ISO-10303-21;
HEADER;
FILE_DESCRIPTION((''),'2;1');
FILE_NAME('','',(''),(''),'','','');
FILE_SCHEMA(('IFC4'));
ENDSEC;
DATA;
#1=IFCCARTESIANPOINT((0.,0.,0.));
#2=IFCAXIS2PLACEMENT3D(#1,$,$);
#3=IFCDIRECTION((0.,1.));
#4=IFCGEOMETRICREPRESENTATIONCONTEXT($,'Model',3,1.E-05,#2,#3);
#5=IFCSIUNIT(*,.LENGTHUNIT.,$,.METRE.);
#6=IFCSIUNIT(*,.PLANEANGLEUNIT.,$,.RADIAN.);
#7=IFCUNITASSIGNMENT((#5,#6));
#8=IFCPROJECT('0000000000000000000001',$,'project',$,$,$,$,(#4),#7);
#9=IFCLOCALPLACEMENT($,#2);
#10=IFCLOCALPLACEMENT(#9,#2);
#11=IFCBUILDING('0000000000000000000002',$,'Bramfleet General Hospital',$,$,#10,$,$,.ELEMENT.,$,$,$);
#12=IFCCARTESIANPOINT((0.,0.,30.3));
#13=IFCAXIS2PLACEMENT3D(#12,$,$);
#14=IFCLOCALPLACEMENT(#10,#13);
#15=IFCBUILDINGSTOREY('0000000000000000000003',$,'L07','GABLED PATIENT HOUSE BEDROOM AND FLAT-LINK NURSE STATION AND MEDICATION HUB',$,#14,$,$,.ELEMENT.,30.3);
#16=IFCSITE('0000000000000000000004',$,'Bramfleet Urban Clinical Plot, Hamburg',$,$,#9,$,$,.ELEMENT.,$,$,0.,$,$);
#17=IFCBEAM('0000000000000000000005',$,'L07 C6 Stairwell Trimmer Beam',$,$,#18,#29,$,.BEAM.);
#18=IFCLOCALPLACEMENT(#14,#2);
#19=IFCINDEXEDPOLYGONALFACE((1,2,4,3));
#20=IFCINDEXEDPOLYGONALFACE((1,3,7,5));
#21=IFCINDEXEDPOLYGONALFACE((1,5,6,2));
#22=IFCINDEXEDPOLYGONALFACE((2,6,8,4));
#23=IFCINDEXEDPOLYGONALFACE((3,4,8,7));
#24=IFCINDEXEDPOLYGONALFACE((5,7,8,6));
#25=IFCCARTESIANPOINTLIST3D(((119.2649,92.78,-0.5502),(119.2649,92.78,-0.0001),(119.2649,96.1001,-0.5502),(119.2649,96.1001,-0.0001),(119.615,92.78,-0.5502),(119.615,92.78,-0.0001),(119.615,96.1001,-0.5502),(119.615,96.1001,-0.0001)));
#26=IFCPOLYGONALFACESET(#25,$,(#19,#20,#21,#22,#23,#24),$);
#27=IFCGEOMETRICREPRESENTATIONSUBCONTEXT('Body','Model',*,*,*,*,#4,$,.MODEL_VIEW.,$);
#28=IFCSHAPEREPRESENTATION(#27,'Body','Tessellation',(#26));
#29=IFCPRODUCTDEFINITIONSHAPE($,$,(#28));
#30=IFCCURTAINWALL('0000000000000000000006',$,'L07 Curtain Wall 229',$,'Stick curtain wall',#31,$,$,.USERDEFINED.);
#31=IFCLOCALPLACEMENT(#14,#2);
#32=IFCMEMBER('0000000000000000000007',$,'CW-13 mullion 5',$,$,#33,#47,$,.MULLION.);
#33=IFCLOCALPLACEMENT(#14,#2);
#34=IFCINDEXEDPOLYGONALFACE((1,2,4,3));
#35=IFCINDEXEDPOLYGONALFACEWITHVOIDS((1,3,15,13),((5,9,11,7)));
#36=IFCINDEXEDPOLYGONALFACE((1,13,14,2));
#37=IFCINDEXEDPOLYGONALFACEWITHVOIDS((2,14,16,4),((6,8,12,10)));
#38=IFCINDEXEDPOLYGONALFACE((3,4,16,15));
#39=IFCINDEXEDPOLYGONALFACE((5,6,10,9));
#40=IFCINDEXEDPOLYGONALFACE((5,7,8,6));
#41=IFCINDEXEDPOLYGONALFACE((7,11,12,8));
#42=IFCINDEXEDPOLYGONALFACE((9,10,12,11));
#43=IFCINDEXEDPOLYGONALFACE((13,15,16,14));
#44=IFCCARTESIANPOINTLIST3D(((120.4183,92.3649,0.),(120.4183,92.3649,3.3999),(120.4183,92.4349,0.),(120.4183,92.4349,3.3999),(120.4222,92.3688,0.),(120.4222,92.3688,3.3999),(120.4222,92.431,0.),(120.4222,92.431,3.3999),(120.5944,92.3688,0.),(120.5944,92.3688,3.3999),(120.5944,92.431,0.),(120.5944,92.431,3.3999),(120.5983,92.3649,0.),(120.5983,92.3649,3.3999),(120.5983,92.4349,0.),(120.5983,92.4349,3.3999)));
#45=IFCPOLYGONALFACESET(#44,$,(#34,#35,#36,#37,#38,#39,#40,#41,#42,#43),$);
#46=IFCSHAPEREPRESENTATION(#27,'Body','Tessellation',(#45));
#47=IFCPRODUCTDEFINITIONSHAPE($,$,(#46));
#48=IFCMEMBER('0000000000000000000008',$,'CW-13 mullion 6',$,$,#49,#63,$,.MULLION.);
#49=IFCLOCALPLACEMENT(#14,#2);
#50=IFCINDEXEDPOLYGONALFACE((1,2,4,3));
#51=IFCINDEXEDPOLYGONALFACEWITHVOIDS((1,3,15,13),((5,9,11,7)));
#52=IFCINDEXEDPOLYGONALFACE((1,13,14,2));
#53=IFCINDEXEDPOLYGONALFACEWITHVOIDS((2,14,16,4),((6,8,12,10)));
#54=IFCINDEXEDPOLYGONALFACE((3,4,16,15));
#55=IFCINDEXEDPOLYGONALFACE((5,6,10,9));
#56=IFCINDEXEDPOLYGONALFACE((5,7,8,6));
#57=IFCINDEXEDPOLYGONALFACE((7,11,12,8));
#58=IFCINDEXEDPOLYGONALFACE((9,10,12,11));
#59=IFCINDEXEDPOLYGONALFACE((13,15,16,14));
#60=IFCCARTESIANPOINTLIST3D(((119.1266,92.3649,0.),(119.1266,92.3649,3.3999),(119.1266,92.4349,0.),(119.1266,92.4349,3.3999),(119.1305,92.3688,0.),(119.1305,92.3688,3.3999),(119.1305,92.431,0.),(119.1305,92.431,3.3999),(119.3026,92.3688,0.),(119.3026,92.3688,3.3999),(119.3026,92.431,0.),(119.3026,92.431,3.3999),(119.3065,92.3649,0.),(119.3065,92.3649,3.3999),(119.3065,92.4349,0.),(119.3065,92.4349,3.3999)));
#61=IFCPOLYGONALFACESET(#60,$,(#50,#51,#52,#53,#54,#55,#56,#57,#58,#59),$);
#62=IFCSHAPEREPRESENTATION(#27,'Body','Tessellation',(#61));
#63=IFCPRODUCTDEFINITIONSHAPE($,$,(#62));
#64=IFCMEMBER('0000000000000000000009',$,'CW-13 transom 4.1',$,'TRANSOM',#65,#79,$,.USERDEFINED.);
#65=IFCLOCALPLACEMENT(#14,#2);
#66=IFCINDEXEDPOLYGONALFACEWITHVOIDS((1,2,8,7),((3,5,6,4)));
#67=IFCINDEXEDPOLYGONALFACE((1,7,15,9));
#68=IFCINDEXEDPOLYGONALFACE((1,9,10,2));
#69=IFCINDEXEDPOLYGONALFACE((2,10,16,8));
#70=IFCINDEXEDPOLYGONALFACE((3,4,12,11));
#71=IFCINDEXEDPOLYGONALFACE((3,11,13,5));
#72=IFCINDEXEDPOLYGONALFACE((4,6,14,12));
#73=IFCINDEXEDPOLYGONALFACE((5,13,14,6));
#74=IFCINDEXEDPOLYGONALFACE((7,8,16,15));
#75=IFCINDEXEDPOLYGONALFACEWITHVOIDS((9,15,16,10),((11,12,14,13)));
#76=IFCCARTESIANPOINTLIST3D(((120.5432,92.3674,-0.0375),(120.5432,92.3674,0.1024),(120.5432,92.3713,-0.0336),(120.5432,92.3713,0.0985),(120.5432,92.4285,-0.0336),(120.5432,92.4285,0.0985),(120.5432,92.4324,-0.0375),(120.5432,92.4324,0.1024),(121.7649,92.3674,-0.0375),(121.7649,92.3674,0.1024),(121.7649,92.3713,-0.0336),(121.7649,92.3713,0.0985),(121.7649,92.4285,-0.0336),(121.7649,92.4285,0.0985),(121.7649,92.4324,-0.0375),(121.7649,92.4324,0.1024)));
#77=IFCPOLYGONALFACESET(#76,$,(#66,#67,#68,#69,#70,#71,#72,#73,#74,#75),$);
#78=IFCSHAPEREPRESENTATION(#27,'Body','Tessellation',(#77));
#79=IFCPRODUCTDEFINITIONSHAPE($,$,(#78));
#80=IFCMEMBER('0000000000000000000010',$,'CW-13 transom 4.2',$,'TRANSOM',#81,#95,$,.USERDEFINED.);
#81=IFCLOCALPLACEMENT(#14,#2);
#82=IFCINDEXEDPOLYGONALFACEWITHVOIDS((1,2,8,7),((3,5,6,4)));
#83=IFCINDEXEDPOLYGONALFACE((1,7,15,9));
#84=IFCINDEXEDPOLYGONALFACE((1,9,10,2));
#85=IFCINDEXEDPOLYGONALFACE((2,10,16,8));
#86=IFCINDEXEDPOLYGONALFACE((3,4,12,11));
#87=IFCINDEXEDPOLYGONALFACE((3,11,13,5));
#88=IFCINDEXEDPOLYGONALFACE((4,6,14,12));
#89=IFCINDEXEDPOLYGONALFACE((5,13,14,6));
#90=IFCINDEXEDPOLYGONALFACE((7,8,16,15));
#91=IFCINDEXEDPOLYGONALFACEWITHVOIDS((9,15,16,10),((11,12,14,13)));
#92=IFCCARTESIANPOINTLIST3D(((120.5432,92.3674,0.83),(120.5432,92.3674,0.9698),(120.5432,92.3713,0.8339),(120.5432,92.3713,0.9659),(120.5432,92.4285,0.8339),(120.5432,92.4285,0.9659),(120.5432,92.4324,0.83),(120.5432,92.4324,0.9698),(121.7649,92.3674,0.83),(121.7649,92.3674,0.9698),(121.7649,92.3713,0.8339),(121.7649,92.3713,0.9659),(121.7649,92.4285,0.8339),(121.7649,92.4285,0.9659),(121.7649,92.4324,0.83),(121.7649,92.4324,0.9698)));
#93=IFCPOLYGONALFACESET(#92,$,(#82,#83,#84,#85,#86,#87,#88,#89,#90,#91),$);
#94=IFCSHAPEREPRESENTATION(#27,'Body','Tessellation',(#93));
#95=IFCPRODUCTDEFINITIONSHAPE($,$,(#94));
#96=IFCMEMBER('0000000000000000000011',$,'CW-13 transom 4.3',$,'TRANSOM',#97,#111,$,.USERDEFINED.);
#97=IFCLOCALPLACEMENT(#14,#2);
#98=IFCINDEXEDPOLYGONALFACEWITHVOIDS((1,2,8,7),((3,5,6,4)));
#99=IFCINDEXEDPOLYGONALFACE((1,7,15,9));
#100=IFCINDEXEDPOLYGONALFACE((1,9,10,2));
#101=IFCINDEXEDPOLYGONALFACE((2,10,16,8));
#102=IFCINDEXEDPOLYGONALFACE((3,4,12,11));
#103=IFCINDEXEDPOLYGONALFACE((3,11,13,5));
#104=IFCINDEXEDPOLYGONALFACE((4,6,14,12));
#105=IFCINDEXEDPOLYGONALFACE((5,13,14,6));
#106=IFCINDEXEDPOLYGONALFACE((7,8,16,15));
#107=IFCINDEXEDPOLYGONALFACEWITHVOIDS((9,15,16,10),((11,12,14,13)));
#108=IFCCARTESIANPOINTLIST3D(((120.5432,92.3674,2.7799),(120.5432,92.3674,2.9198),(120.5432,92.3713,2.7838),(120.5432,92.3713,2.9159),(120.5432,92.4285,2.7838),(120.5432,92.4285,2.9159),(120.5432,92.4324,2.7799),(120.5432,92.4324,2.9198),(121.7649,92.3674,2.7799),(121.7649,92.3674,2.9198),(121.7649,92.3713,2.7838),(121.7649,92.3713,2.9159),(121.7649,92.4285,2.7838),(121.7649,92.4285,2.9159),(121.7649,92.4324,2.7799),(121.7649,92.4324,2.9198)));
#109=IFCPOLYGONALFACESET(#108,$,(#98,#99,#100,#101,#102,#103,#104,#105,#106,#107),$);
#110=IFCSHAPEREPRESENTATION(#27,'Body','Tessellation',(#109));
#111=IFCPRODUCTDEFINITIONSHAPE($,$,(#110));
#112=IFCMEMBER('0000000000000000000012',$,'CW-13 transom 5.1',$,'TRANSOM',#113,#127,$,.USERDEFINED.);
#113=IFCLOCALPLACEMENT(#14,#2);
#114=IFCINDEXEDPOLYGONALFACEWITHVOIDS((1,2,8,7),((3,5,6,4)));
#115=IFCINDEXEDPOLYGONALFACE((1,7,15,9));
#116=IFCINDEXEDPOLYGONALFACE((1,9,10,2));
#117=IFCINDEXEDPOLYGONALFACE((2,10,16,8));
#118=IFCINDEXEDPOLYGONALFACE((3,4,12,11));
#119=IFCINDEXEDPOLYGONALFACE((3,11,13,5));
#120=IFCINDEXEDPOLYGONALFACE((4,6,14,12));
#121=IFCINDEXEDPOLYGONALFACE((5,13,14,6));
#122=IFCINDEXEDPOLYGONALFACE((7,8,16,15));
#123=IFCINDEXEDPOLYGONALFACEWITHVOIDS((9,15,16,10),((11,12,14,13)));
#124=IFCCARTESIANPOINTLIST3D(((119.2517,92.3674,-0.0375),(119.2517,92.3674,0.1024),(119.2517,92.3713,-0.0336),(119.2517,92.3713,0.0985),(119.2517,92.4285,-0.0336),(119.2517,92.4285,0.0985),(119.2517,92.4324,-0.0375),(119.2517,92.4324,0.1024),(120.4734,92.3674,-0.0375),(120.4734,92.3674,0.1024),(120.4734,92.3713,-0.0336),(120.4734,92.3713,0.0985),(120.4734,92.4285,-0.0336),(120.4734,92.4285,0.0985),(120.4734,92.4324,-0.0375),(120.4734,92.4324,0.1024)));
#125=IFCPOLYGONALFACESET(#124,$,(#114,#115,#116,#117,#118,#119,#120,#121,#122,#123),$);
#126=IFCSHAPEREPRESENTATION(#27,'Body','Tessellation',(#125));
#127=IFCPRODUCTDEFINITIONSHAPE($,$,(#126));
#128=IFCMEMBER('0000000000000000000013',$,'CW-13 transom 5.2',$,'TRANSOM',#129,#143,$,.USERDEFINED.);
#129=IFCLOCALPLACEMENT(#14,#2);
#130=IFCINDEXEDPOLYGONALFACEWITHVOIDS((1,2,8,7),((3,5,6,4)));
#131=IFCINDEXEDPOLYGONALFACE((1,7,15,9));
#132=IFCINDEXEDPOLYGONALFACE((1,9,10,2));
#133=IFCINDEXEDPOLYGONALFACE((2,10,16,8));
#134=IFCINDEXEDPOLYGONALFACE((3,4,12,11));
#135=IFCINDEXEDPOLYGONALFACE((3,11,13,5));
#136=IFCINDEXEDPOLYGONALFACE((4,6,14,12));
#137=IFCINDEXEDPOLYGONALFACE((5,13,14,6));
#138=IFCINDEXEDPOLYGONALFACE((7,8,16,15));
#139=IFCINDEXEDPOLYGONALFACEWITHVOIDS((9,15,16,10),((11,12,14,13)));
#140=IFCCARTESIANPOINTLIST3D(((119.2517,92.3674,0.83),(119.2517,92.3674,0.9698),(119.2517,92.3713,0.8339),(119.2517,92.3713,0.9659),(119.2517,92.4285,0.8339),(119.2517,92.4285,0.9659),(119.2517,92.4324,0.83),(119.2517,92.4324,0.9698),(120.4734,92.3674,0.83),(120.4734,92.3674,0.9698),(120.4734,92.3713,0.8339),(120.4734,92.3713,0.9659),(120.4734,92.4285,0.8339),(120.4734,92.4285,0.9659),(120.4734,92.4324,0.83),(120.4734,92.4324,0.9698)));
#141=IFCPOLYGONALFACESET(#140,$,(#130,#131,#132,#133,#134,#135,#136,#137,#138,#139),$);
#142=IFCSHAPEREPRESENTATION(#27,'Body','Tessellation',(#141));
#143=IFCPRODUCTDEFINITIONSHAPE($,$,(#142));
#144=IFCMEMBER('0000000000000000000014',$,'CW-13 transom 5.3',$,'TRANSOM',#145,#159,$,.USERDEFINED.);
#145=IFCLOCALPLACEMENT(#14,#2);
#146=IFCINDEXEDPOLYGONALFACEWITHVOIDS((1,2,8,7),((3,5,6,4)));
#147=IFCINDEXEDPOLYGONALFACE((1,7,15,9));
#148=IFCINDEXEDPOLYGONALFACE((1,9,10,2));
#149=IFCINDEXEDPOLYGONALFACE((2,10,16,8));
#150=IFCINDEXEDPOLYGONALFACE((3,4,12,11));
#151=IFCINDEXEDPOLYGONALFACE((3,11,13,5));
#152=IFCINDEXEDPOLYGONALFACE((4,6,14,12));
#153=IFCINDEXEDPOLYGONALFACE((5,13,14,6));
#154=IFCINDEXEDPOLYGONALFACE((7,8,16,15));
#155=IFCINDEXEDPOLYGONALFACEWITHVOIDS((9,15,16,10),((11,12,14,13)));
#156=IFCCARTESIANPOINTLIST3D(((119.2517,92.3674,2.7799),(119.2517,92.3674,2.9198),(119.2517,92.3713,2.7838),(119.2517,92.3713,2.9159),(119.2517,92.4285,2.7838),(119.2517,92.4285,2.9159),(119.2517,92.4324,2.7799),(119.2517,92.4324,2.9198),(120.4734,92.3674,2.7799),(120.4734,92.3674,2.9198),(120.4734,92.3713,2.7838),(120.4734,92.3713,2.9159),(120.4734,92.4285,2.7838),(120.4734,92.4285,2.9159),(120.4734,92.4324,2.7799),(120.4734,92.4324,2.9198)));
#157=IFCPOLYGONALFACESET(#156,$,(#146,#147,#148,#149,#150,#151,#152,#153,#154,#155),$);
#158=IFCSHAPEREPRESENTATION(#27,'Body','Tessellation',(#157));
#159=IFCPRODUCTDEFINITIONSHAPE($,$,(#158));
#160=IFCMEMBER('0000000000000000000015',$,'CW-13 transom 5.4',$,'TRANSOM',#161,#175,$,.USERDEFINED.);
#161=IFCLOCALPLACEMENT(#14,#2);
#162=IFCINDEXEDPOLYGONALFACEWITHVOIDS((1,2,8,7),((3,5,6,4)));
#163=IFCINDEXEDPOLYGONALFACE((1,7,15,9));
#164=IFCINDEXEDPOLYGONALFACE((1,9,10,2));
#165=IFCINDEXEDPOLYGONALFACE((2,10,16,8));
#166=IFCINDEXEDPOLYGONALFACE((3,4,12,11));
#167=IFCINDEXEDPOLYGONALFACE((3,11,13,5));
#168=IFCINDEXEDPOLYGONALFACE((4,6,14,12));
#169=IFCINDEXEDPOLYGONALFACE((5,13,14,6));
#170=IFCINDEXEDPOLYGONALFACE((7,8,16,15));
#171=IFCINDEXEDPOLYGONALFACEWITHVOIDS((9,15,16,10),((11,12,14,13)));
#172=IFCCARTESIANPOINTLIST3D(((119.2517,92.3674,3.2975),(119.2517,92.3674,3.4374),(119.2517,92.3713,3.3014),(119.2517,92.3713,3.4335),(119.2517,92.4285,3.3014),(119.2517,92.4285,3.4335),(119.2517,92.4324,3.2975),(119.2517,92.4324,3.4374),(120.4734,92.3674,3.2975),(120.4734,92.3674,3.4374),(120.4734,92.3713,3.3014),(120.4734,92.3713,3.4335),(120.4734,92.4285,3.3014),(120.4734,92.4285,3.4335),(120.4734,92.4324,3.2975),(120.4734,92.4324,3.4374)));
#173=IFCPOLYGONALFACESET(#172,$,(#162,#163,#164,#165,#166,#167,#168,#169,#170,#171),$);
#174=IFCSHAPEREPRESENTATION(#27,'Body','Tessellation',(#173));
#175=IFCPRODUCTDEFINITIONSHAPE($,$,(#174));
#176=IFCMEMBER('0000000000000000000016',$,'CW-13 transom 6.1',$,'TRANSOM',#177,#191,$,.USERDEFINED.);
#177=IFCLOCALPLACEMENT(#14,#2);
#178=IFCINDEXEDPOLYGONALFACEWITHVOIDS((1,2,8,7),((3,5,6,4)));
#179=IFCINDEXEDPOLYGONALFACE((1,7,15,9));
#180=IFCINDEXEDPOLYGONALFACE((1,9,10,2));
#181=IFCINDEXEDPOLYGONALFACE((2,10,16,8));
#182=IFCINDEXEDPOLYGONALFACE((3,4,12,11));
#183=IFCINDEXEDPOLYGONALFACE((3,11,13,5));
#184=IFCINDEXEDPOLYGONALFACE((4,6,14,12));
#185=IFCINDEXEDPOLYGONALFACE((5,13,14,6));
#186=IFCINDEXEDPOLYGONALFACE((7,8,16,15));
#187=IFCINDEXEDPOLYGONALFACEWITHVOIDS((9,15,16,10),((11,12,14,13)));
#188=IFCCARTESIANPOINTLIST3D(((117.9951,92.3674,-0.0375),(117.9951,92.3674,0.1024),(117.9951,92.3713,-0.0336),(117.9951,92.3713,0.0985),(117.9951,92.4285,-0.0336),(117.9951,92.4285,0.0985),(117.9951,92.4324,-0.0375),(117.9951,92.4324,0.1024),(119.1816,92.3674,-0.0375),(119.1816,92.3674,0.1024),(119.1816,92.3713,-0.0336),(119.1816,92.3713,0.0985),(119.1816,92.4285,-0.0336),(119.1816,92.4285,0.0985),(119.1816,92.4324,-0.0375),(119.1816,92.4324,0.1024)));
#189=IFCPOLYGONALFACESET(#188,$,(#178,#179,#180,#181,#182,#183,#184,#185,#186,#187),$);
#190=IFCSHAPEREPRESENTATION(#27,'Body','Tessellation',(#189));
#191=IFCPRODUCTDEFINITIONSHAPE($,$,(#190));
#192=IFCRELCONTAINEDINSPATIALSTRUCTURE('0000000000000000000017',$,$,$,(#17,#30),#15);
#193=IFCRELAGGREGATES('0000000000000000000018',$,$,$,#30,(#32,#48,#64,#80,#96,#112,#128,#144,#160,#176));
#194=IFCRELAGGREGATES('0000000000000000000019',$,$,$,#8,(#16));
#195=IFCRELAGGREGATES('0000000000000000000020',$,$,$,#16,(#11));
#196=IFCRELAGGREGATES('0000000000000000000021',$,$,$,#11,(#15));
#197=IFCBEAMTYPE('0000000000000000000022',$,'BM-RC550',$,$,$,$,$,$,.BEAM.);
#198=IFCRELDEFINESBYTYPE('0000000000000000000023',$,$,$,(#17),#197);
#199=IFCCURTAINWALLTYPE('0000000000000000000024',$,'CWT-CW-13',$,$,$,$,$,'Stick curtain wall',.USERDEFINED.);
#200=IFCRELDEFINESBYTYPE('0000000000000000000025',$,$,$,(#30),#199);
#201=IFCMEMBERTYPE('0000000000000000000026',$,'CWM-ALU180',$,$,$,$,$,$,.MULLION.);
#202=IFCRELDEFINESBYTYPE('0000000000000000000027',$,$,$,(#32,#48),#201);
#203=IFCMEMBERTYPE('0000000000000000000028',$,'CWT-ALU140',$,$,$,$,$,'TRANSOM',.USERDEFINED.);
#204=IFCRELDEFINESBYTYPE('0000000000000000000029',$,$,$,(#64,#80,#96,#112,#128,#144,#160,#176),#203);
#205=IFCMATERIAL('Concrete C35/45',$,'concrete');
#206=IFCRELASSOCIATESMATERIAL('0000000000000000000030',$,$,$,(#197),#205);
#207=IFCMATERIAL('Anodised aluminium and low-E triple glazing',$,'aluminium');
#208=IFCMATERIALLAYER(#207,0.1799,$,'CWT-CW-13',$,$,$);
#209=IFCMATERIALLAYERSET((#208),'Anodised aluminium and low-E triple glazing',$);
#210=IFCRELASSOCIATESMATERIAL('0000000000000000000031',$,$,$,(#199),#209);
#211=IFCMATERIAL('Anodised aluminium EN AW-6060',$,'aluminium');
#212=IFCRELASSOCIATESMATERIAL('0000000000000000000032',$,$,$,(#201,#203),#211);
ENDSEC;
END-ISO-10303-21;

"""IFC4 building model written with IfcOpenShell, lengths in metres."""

from ifc_helpers import new_model, si_unit, direction, frame, origin, origin_2d, place, context, subcontext, project, spatial, rectangle, hollow_rectangle, extrude, material, layer, layer_set, material_profile, profile_set, type_object, element, aggregate, save


model = new_model("IFC4")

# Units and contexts
model_context = context("Model", 3, precision=1e-05, world=origin(), true_north=direction((0.0, 1.0)))
body_context = subcontext(model_context, "Body", "Model", "MODEL_VIEW")
ifc_project = project(units=[si_unit("LENGTHUNIT", "METRE"), si_unit("PLANEANGLEUNIT", "RADIAN")], contexts=[model_context])

# Site, building, storey
site_placement = place(None, origin())
site = spatial("IfcSite", under=ifc_project, at=site_placement, Name="Bramfleet Urban Clinical Plot, Hamburg", CompositionType="ELEMENT", RefElevation=0.0)
building_placement = place(site_placement, origin())
building = spatial("IfcBuilding", under=site, at=building_placement, Name="Bramfleet General Hospital", CompositionType="ELEMENT")
storey_placement = place(building_placement, frame((0.0, 0.0, 30.3)))
storey = spatial("IfcBuildingStorey", under=building, at=storey_placement, Name="L07", Description="GABLED PATIENT HOUSE BEDROOM AND FLAT-LINK NURSE STATION AND MEDICATION HUB", CompositionType="ELEMENT", Elevation=30.3)

# Beam
ifc_material_1 = material(Name="Concrete C35/45", Category="concrete")
ifc_material_profile_1 = material_profile(ifc_material_1, rectangle(XDim=0.3501, YDim=0.55, at=origin_2d()), Name="RC BM 550x350")
ifc_profile_set_1 = profile_set([ifc_material_profile_1], Name="Concrete C35/45")
beam_type = type_object("IfcBeamType", Name="BM-RC550", PredefinedType="BEAM", material=ifc_profile_set_1)
beam_placement = place(storey_placement, frame((119.4399, 92.78, -0.2751), z_axis=(0.0, 1.0, 0.0), x_axis=(-1.0, 0.0, 0.0)))
element("IfcBeam", 1, at=beam_placement, inside=storey, type_object=beam_type, Name="L07 C6 Stairwell Trimmer Beam", PredefinedType="BEAM", context=body_context, shape_type="SweptSolid", body=[
    extrude(rectangle(XDim=0.3501, YDim=0.55, at=origin_2d()), origin(), (0.0, 0.0, 1.0), 3.3201),
])

# Curtain wall, members
ifc_material_2 = material(Name="Anodised aluminium and low-E triple glazing", Category="aluminium")
ifc_layer_1 = layer(ifc_material_2, 0.1799, Name="CWT-CW-13")
ifc_layer_set_1 = layer_set([ifc_layer_1], Name="Anodised aluminium and low-E triple glazing")
curtain_wall_type = type_object("IfcCurtainWallType", Name="CWT-CW-13", ElementType="Stick curtain wall", PredefinedType="USERDEFINED", material=ifc_layer_set_1)
curtain_wall_placement = place(storey_placement, origin())
curtain_wall = element("IfcCurtainWall", 2, at=curtain_wall_placement, inside=storey, type_object=curtain_wall_type, Name="L07 Curtain Wall 229", ObjectType="Stick curtain wall", PredefinedType="USERDEFINED")
ifc_material_3 = material(Name="Anodised aluminium EN AW-6060", Category="aluminium")
ifc_material_profile_2 = material_profile(ifc_material_3, hollow_rectangle(XDim=0.0701, YDim=0.1799, WallThickness=0.0039, at=origin_2d()), Name="ALU 180x70x4.0")
ifc_profile_set_2 = profile_set([ifc_material_profile_2], Name="Anodised aluminium EN AW-6060")
member_type_1 = type_object("IfcMemberType", Name="CWM-ALU180", PredefinedType="MULLION", material=ifc_profile_set_2)
member_1_placement = place(storey_placement, frame((120.5083, 92.3999, 0.0), z_axis=(0.0, 0.0, 1.0), x_axis=(0.0, -1.0, 0.0)))
member_1 = element("IfcMember", 3, at=member_1_placement, type_object=member_type_1, Name="CW-13 mullion 5", PredefinedType="MULLION", context=body_context, shape_type="SweptSolid", body=[
    extrude(hollow_rectangle(XDim=0.0701, YDim=0.1799, WallThickness=0.0039, at=origin_2d()), origin(), (0.0, 0.0, 1.0), 3.3999),
])
member_2_placement = place(storey_placement, frame((119.2166, 92.3999, 0.0), z_axis=(0.0, 0.0, 1.0), x_axis=(0.0, -1.0, 0.0)))
member_2 = element("IfcMember", 4, at=member_2_placement, type_object=member_type_1, Name="CW-13 mullion 6", PredefinedType="MULLION", context=body_context, shape_type="SweptSolid", body=[
    extrude(hollow_rectangle(XDim=0.0701, YDim=0.1799, WallThickness=0.0039, at=origin_2d()), origin(), (0.0, 0.0, 1.0), 3.3999),
])
ifc_material_profile_3 = material_profile(ifc_material_3, hollow_rectangle(XDim=0.0649, YDim=0.1399, WallThickness=0.0039, at=origin_2d()), Name="ALU 140x65x4.0")
ifc_profile_set_3 = profile_set([ifc_material_profile_3], Name="Anodised aluminium EN AW-6060")
member_type_2 = type_object("IfcMemberType", Name="CWT-ALU140", ElementType="TRANSOM", PredefinedType="USERDEFINED", material=ifc_profile_set_3)
member_3_placement = place(storey_placement, frame((121.7649, 92.3999, 0.0325), z_axis=(-1.0, 0.0, 0.0), x_axis=(0.0, -1.0, 0.0)))
member_3 = element("IfcMember", 5, at=member_3_placement, type_object=member_type_2, Name="CW-13 transom 4.1", ObjectType="TRANSOM", PredefinedType="USERDEFINED", context=body_context, shape_type="SweptSolid", body=[
    extrude(hollow_rectangle(XDim=0.0649, YDim=0.1399, WallThickness=0.0039, at=origin_2d()), origin(), (0.0, 0.0, 1.0), 1.2217),
])
member_4_placement = place(storey_placement, frame((121.7649, 92.3999, 0.8999), z_axis=(-1.0, 0.0, 0.0), x_axis=(0.0, -1.0, 0.0)))
member_4 = element("IfcMember", 6, at=member_4_placement, type_object=member_type_2, Name="CW-13 transom 4.2", ObjectType="TRANSOM", PredefinedType="USERDEFINED", context=body_context, shape_type="SweptSolid", body=[
    extrude(hollow_rectangle(XDim=0.0649, YDim=0.1399, WallThickness=0.0039, at=origin_2d()), origin(), (0.0, 0.0, 1.0), 1.2217),
])
member_5_placement = place(storey_placement, frame((121.7649, 92.3999, 2.8499), z_axis=(-1.0, 0.0, 0.0), x_axis=(0.0, -1.0, 0.0)))
member_5 = element("IfcMember", 7, at=member_5_placement, type_object=member_type_2, Name="CW-13 transom 4.3", ObjectType="TRANSOM", PredefinedType="USERDEFINED", context=body_context, shape_type="SweptSolid", body=[
    extrude(hollow_rectangle(XDim=0.0649, YDim=0.1399, WallThickness=0.0039, at=origin_2d()), origin(), (0.0, 0.0, 1.0), 1.2217),
])
member_6_placement = place(storey_placement, frame((120.4734, 92.3999, 0.0325), z_axis=(-1.0, 0.0, 0.0), x_axis=(0.0, -1.0, 0.0)))
member_6 = element("IfcMember", 8, at=member_6_placement, type_object=member_type_2, Name="CW-13 transom 5.1", ObjectType="TRANSOM", PredefinedType="USERDEFINED", context=body_context, shape_type="SweptSolid", body=[
    extrude(hollow_rectangle(XDim=0.0649, YDim=0.1399, WallThickness=0.0039, at=origin_2d()), origin(), (0.0, 0.0, 1.0), 1.2217),
])
member_7_placement = place(storey_placement, frame((120.4734, 92.3999, 0.8999), z_axis=(-1.0, 0.0, 0.0), x_axis=(0.0, -1.0, 0.0)))
member_7 = element("IfcMember", 9, at=member_7_placement, type_object=member_type_2, Name="CW-13 transom 5.2", ObjectType="TRANSOM", PredefinedType="USERDEFINED", context=body_context, shape_type="SweptSolid", body=[
    extrude(hollow_rectangle(XDim=0.0649, YDim=0.1399, WallThickness=0.0039, at=origin_2d()), origin(), (0.0, 0.0, 1.0), 1.2217),
])
member_8_placement = place(storey_placement, frame((120.4734, 92.3999, 2.8499), z_axis=(-1.0, 0.0, 0.0), x_axis=(0.0, -1.0, 0.0)))
member_8 = element("IfcMember", 10, at=member_8_placement, type_object=member_type_2, Name="CW-13 transom 5.3", ObjectType="TRANSOM", PredefinedType="USERDEFINED", context=body_context, shape_type="SweptSolid", body=[
    extrude(hollow_rectangle(XDim=0.0649, YDim=0.1399, WallThickness=0.0039, at=origin_2d()), origin(), (0.0, 0.0, 1.0), 1.2217),
])
member_9_placement = place(storey_placement, frame((120.4734, 92.3999, 3.3674), z_axis=(-1.0, 0.0, 0.0), x_axis=(0.0, -1.0, 0.0)))
member_9 = element("IfcMember", 11, at=member_9_placement, type_object=member_type_2, Name="CW-13 transom 5.4", ObjectType="TRANSOM", PredefinedType="USERDEFINED", context=body_context, shape_type="SweptSolid", body=[
    extrude(hollow_rectangle(XDim=0.0649, YDim=0.1399, WallThickness=0.0039, at=origin_2d()), origin(), (0.0, 0.0, 1.0), 1.2217),
])
member_10_placement = place(storey_placement, frame((119.1816, 92.3999, 0.0325), z_axis=(-1.0, 0.0, 0.0), x_axis=(0.0, -1.0, 0.0)))
member_10 = element("IfcMember", 12, at=member_10_placement, type_object=member_type_2, Name="CW-13 transom 6.1", ObjectType="TRANSOM", PredefinedType="USERDEFINED", context=body_context, shape_type="SweptSolid", body=[
    extrude(hollow_rectangle(XDim=0.0649, YDim=0.1399, WallThickness=0.0039, at=origin_2d()), origin(), (0.0, 0.0, 1.0), 1.1865),
])
aggregate(curtain_wall, [member_1, member_2, member_3, member_4, member_5, member_6, member_7, member_8, member_9, member_10])

save(model, "model.ifc")
